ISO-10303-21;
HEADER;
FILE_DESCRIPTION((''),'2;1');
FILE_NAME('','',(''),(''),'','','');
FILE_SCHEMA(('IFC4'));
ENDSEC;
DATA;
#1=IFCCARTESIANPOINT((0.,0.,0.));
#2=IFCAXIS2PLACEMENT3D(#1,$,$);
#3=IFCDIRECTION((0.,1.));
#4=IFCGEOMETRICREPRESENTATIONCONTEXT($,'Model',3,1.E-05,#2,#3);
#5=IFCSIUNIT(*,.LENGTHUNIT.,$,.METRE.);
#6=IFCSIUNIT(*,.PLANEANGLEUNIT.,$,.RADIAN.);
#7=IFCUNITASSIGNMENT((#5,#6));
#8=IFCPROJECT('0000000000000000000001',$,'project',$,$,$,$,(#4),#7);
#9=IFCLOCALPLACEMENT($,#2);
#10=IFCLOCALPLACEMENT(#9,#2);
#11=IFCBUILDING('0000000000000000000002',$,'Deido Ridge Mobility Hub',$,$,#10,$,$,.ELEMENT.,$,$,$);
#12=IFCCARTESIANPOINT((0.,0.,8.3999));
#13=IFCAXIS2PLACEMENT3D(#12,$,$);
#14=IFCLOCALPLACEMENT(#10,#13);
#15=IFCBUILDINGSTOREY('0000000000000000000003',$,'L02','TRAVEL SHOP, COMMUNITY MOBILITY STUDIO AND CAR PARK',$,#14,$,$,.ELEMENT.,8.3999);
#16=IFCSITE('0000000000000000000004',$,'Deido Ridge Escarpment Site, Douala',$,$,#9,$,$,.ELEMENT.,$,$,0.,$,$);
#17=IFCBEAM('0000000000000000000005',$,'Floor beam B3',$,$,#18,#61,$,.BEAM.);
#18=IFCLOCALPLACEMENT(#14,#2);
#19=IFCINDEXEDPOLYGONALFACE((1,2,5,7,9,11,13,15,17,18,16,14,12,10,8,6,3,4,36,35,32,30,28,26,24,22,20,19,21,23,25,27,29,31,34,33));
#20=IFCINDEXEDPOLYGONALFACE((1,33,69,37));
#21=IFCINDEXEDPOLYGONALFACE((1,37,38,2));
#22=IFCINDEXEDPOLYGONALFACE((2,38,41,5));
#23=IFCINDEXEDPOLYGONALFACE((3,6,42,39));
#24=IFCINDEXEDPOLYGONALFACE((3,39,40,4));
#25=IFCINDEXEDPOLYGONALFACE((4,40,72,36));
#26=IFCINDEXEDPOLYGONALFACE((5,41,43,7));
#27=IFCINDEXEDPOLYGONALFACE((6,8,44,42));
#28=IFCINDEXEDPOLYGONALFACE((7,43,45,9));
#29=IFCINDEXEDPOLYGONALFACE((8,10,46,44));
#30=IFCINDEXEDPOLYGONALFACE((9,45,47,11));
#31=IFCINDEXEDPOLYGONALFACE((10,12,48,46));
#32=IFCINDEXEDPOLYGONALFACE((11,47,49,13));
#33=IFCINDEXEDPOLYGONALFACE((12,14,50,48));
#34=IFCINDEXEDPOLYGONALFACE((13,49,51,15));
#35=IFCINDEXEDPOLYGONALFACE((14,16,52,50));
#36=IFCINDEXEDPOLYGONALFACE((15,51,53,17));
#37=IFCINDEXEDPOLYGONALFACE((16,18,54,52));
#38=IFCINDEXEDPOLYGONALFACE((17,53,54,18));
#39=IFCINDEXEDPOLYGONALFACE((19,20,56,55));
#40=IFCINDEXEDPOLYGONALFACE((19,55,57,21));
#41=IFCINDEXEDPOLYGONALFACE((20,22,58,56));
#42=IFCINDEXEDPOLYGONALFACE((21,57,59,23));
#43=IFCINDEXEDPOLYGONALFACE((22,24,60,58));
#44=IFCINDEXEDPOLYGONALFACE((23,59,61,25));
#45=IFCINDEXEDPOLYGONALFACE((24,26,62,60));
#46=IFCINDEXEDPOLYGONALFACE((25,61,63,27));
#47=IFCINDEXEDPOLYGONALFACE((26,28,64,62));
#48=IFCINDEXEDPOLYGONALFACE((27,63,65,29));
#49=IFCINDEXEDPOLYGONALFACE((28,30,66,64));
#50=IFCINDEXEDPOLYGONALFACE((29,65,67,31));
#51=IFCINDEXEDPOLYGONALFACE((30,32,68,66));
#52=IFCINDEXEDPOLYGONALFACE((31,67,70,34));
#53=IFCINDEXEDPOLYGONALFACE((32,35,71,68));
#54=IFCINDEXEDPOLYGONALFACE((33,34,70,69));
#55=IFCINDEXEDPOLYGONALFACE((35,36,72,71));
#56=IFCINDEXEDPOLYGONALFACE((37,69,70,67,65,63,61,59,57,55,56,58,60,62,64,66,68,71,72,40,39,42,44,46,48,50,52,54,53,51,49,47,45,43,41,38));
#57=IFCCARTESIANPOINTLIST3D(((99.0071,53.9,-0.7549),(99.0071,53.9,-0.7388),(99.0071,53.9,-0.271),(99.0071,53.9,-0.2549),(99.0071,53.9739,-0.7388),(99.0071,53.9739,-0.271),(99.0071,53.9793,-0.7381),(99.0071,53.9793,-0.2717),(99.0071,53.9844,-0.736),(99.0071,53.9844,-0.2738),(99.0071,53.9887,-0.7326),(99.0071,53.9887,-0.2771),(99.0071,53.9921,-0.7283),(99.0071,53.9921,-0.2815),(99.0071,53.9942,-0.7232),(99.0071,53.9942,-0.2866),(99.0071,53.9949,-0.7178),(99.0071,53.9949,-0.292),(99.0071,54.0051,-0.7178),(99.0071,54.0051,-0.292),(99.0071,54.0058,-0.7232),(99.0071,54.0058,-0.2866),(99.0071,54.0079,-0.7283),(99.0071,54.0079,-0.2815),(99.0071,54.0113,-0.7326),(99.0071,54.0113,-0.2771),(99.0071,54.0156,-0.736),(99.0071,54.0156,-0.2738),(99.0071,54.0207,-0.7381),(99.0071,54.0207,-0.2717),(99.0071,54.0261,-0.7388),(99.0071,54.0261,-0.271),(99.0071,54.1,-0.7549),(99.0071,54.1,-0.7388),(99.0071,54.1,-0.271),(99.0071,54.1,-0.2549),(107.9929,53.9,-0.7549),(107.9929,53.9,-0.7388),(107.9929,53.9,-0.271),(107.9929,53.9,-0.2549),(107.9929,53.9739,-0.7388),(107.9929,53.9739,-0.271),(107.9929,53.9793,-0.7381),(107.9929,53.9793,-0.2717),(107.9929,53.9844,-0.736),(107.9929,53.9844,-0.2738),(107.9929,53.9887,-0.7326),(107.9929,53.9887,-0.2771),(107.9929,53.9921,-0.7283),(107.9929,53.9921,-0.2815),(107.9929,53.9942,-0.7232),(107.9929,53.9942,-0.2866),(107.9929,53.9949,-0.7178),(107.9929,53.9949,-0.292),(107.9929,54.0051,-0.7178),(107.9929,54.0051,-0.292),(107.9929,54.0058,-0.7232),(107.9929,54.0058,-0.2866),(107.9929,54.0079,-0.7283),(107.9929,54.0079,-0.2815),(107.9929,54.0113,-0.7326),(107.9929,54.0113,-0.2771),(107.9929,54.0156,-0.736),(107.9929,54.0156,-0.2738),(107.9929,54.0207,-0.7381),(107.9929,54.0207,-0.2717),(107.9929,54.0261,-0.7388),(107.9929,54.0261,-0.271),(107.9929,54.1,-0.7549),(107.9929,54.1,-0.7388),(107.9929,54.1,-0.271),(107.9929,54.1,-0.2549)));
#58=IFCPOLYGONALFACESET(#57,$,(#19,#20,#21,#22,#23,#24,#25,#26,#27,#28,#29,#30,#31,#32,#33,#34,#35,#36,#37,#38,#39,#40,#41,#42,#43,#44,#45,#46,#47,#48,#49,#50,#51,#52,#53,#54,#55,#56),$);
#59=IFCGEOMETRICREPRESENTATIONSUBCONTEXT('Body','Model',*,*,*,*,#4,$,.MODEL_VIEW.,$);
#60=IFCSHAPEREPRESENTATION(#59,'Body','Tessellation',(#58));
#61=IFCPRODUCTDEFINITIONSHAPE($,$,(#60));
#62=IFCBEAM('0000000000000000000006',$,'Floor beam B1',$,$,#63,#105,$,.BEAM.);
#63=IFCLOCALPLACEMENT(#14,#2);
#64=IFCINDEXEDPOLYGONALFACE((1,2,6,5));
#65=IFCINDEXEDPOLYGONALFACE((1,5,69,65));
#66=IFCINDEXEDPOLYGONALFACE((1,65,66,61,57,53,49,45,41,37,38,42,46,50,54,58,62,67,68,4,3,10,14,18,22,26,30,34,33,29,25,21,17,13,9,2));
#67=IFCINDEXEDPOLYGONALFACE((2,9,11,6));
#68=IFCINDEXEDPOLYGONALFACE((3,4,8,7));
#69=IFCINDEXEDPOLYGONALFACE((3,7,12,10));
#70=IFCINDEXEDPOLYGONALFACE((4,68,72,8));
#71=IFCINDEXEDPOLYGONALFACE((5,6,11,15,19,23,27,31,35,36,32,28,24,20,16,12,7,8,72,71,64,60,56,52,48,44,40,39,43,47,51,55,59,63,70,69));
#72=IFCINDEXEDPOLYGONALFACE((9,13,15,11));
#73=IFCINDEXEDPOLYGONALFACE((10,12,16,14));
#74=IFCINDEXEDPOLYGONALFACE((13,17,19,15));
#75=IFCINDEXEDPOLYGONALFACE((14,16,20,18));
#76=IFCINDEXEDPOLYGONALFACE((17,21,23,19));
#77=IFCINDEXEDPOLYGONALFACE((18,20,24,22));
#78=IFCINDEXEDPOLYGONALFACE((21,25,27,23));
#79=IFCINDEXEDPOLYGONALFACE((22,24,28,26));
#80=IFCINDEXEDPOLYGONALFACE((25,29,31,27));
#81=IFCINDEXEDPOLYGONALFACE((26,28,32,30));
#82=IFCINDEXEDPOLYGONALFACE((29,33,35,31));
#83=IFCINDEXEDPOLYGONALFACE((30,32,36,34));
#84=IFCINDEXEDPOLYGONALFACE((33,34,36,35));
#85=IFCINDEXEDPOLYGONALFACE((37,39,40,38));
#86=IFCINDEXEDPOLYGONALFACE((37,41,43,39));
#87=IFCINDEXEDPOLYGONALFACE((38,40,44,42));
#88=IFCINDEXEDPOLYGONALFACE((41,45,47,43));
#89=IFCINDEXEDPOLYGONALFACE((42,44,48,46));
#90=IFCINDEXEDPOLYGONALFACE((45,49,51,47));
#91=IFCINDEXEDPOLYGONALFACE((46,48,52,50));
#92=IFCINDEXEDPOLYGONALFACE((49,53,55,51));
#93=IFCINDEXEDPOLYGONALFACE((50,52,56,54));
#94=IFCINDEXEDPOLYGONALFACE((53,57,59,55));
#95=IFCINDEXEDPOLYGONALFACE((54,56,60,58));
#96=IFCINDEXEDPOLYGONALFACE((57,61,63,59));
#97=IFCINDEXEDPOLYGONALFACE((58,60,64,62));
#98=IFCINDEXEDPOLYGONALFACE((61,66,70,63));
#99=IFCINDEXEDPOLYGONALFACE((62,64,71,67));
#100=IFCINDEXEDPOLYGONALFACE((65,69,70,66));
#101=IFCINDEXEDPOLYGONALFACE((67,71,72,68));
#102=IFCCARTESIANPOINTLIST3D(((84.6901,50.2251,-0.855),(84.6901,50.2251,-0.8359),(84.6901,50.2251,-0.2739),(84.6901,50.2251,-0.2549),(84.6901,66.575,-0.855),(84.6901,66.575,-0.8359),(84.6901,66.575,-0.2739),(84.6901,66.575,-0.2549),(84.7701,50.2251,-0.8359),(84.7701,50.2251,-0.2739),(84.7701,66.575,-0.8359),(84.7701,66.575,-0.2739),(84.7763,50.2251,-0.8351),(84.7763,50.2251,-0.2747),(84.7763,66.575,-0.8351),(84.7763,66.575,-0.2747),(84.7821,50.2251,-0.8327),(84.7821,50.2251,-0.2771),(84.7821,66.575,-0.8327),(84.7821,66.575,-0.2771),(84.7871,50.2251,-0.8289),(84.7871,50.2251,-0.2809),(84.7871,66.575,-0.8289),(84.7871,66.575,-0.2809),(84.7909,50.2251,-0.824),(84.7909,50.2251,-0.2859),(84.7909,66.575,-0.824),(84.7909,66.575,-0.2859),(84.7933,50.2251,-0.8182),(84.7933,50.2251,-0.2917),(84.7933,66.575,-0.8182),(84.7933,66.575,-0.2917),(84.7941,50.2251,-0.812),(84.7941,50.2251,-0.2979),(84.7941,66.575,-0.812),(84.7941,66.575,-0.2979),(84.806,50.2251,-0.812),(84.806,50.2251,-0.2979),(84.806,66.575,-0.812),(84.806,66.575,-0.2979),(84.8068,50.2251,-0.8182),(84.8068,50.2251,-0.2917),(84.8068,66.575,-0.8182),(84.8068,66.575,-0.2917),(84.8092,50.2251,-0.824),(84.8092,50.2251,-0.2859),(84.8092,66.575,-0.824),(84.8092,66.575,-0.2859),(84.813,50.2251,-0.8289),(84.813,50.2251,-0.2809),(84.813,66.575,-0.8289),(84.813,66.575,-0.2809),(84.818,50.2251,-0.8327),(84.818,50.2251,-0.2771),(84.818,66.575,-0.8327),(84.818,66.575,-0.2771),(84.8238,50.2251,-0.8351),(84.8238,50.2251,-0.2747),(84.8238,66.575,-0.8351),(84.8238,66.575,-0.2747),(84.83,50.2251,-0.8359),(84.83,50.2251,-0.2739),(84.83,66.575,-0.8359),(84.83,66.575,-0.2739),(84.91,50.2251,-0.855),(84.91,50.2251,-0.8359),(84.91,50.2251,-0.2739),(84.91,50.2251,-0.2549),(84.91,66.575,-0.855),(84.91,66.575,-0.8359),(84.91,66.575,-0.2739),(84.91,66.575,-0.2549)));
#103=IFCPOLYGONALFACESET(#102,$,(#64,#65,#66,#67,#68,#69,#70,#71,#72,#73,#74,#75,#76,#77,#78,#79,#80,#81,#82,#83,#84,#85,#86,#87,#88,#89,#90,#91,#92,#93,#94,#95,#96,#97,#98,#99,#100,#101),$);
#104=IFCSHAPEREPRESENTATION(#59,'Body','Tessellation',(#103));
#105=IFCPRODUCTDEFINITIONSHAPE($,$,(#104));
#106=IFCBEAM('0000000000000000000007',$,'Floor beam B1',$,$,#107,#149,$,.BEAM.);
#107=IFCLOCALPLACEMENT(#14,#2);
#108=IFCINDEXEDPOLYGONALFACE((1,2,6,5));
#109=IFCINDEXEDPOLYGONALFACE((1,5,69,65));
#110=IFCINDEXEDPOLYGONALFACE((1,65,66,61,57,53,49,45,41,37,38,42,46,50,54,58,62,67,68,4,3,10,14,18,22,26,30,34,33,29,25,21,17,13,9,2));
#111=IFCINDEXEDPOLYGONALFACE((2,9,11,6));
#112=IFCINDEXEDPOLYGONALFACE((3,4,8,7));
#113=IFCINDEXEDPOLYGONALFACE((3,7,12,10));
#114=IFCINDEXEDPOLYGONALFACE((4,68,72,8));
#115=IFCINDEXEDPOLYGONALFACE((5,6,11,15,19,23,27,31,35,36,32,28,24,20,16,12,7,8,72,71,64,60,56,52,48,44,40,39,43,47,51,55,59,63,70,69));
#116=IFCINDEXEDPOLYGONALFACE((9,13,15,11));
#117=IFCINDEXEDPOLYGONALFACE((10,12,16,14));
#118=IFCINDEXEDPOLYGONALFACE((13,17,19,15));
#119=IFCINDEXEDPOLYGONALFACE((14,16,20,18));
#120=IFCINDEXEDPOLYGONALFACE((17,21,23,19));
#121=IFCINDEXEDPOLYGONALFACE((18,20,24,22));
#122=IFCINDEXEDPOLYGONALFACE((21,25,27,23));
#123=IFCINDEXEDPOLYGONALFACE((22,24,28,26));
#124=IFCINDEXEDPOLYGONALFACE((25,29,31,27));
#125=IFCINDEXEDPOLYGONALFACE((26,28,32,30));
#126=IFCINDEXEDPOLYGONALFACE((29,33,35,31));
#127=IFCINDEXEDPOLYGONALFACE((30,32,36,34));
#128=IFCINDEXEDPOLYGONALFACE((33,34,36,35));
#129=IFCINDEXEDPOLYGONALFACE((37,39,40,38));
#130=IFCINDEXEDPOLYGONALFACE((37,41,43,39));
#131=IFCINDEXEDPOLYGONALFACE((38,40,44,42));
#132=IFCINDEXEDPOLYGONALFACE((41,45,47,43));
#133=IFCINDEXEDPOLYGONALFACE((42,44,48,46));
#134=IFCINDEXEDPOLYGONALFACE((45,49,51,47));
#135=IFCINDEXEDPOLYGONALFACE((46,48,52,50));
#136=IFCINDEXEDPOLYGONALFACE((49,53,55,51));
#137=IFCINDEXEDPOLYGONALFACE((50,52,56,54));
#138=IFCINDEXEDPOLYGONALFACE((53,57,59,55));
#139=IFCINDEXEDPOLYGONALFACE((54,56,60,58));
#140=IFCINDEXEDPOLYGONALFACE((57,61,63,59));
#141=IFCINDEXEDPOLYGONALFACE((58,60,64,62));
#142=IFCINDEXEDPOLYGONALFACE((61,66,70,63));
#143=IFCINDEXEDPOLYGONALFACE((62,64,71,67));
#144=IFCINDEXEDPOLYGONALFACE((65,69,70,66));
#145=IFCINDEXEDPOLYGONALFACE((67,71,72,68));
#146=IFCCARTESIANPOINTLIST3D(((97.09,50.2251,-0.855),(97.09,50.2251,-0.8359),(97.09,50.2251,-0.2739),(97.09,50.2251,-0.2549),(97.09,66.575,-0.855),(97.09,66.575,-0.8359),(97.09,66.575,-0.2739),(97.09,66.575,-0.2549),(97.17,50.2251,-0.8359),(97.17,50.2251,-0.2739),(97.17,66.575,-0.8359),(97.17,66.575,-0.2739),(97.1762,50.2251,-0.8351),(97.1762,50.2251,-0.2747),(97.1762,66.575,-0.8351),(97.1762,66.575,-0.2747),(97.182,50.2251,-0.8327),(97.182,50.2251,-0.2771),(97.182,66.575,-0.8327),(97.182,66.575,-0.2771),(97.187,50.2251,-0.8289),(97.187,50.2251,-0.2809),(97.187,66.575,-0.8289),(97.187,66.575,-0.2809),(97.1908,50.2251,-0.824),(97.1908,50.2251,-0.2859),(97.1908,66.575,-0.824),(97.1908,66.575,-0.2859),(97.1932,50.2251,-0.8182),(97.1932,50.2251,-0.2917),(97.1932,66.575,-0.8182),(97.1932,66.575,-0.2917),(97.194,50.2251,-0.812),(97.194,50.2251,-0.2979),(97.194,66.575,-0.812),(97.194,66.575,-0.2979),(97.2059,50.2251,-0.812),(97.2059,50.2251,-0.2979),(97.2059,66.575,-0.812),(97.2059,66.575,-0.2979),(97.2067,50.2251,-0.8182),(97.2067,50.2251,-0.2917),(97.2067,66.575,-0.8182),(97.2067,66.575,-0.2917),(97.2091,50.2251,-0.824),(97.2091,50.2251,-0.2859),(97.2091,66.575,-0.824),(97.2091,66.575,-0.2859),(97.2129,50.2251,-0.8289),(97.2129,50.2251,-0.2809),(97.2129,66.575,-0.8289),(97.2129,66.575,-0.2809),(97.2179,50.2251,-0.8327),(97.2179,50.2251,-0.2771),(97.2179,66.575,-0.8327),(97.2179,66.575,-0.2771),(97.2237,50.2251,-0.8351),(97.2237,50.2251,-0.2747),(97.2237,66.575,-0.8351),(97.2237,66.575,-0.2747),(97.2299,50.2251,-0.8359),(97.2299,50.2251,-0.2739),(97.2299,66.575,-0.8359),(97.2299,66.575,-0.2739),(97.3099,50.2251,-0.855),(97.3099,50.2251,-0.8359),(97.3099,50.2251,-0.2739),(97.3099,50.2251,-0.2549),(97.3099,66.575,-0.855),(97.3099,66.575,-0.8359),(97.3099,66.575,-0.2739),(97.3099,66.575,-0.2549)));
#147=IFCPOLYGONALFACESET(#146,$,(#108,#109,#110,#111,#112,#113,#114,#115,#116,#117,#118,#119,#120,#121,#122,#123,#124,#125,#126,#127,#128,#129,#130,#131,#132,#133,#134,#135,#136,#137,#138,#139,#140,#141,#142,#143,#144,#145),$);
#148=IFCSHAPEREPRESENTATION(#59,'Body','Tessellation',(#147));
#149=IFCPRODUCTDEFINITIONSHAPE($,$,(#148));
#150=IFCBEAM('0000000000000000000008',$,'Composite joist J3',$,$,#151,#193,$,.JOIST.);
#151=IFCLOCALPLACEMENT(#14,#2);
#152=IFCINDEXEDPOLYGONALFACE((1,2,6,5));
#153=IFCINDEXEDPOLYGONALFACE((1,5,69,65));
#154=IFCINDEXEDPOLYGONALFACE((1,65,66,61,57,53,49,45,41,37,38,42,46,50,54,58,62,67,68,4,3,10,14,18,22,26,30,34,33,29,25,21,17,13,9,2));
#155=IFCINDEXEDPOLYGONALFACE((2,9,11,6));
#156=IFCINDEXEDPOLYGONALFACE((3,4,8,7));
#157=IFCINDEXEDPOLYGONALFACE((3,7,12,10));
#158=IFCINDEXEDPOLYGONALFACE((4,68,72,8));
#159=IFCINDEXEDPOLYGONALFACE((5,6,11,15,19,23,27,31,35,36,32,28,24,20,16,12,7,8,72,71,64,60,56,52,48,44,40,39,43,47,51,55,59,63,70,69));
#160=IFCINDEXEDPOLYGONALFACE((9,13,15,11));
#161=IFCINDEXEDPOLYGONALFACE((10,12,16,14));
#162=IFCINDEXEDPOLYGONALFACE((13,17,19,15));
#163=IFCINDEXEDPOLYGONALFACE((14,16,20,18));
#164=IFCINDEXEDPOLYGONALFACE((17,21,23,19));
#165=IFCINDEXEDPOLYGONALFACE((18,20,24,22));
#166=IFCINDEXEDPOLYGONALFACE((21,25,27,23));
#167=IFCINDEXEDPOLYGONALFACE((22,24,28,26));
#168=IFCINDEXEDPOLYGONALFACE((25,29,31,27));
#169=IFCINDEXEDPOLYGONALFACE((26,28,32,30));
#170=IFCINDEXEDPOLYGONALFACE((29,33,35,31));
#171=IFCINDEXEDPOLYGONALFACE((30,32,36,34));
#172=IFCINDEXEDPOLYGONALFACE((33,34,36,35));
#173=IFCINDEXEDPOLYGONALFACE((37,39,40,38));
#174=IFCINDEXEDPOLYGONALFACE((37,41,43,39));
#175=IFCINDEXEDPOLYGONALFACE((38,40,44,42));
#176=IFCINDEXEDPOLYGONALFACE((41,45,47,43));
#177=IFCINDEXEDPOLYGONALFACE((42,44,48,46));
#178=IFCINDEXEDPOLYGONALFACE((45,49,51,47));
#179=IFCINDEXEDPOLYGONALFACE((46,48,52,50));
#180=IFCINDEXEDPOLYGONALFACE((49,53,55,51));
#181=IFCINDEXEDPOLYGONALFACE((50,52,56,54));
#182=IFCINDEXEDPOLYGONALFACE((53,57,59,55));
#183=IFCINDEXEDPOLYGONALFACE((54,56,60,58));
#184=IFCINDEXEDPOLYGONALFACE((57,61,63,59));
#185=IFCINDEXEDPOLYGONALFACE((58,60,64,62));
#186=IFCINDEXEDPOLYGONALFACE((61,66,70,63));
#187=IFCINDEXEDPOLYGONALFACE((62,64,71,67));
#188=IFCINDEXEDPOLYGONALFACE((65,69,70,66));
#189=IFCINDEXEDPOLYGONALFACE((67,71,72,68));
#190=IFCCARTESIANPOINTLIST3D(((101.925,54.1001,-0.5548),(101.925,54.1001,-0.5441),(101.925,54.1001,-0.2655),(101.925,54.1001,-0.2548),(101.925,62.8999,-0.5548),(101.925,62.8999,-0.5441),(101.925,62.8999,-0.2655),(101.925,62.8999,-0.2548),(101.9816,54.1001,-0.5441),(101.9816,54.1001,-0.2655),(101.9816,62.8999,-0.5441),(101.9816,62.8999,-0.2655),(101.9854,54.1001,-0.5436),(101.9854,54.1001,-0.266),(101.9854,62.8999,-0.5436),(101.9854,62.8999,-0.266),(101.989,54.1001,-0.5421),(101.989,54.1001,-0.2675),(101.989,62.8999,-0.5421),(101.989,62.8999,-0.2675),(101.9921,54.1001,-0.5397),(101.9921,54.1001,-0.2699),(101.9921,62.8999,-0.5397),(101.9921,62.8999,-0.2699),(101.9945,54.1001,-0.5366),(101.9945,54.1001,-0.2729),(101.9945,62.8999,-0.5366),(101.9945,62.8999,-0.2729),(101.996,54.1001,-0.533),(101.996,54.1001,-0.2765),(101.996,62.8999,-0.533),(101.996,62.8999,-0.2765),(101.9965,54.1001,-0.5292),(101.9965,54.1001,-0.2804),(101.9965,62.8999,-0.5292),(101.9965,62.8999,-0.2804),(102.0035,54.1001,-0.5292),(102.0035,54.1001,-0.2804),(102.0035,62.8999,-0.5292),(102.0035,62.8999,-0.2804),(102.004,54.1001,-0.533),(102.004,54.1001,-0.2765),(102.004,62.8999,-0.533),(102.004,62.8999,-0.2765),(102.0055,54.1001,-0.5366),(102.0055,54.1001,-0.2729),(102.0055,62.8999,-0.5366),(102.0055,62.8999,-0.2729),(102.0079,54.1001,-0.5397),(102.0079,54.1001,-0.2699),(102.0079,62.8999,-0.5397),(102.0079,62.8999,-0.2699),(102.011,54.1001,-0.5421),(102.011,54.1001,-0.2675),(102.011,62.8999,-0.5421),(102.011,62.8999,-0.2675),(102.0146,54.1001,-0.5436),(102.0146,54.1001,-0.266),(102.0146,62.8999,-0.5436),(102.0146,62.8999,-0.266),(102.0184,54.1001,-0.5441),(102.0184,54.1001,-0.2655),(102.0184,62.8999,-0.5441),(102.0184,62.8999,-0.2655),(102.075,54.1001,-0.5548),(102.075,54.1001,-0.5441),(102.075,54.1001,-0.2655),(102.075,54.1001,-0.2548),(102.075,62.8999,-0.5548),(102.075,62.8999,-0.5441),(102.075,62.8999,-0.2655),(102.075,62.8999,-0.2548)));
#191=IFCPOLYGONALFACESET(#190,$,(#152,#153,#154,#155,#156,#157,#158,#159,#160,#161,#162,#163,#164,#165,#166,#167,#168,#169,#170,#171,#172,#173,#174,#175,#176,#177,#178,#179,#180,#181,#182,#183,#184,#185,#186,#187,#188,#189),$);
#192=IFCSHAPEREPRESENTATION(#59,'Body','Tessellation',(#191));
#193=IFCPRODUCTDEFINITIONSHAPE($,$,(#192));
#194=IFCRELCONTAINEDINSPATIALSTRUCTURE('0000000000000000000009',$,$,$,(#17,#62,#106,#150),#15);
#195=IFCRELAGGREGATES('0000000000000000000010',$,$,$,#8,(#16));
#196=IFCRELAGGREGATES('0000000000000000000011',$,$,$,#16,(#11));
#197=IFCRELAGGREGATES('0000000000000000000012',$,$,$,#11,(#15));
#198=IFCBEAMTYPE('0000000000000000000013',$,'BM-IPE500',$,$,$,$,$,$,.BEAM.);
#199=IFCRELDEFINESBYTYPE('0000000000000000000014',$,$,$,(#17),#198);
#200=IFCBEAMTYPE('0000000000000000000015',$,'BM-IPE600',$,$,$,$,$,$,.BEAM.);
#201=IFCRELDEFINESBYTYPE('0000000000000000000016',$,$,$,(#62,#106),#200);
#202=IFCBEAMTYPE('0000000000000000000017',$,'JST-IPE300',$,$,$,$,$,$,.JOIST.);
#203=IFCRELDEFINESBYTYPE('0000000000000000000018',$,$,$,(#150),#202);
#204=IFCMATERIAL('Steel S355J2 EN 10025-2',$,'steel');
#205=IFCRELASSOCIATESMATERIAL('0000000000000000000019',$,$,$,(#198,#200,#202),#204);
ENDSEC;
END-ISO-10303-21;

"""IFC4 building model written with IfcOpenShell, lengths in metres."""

from ifc_helpers import new_model, si_unit, direction, frame, origin, origin_2d, place, context, subcontext, project, spatial, i_section, extrude, material, material_profile, profile_set, type_object, element, save


model = new_model("IFC4")

# Units and contexts
model_context = context("Model", 3, precision=1e-05, world=origin(), true_north=direction((0.0, 1.0)))
body_context = subcontext(model_context, "Body", "Model", "MODEL_VIEW")
ifc_project = project(units=[si_unit("LENGTHUNIT", "METRE"), si_unit("PLANEANGLEUNIT", "RADIAN")], contexts=[model_context])

# Site, building, storey
site_placement = place(None, origin())
site = spatial("IfcSite", under=ifc_project, at=site_placement, Name="Deido Ridge Escarpment Site, Douala", CompositionType="ELEMENT", RefElevation=0.0)
building_placement = place(site_placement, origin())
building = spatial("IfcBuilding", under=site, at=building_placement, Name="Deido Ridge Mobility Hub", CompositionType="ELEMENT")
storey_placement = place(building_placement, frame((0.0, 0.0, 8.3999)))
storey = spatial("IfcBuildingStorey", under=building, at=storey_placement, Name="L02", Description="TRAVEL SHOP, COMMUNITY MOBILITY STUDIO AND CAR PARK", CompositionType="ELEMENT", Elevation=8.3999)

# Shared definitions
ifc_material_1 = material(Name="Steel S355J2 EN 10025-2", Category="steel")

# Beams
ifc_material_profile_1 = material_profile(ifc_material_1, i_section(OverallWidth=0.2, OverallDepth=0.5, WebThickness=0.0103, FlangeThickness=0.0161, FilletRadius=0.021, at=origin_2d()), Name="IPE 500")
ifc_profile_set_1 = profile_set([ifc_material_profile_1], Name="Steel S355J2 EN 10025-2")
beam_type_1 = type_object("IfcBeamType", Name="BM-IPE500", PredefinedType="BEAM", material=ifc_profile_set_1)
for number, where, z_axis, x_axis, name in (
    (1, (99.0071, 54.0, -0.5049), (1.0, 0.0, 0.0), (0.0, 1.0, 0.0), "Floor beam B3"),
):
    element("IfcBeam", number, at=place(storey_placement, frame(where, z_axis=z_axis, x_axis=x_axis)), inside=storey, type_object=beam_type_1, Name=name, PredefinedType="BEAM", context=body_context, shape_type="SweptSolid", body=[
        extrude(i_section(OverallWidth=0.2, OverallDepth=0.5, WebThickness=0.0103, FlangeThickness=0.0161, FilletRadius=0.021, at=origin_2d()), origin(), (0.0, 0.0, 1.0), 8.9858),
    ])
ifc_material_profile_2 = material_profile(ifc_material_1, i_section(OverallWidth=0.22, OverallDepth=0.6001, WebThickness=0.012, FlangeThickness=0.019, FilletRadius=0.0239, at=origin_2d()), Name="IPE 600")
ifc_profile_set_2 = profile_set([ifc_material_profile_2], Name="Steel S355J2 EN 10025-2")
beam_type_2 = type_object("IfcBeamType", Name="BM-IPE600", PredefinedType="BEAM", material=ifc_profile_set_2)
for number, where, z_axis, x_axis, name in (
    (2, (84.8, 50.2251, -0.5549), (0.0, 1.0, 0.0), (-1.0, 0.0, 0.0), "Floor beam B1"),
    (3, (97.2, 50.2251, -0.5549), (0.0, 1.0, 0.0), (-1.0, 0.0, 0.0), "Floor beam B1"),
):
    element("IfcBeam", number, at=place(storey_placement, frame(where, z_axis=z_axis, x_axis=x_axis)), inside=storey, type_object=beam_type_2, Name=name, PredefinedType="BEAM", context=body_context, shape_type="SweptSolid", body=[
        extrude(i_section(OverallWidth=0.22, OverallDepth=0.6001, WebThickness=0.012, FlangeThickness=0.019, FilletRadius=0.0239, at=origin_2d()), origin(), (0.0, 0.0, 1.0), 16.3499),
    ])
ifc_material_profile_3 = material_profile(ifc_material_1, i_section(OverallWidth=0.1499, OverallDepth=0.3, WebThickness=0.0071, FlangeThickness=0.0107, FilletRadius=0.0149, at=origin_2d()), Name="IPE 300")
ifc_profile_set_3 = profile_set([ifc_material_profile_3], Name="Steel S355J2 EN 10025-2")
beam_type_3 = type_object("IfcBeamType", Name="JST-IPE300", PredefinedType="JOIST", material=ifc_profile_set_3)
beam_1_placement = place(storey_placement, frame((102.0, 54.1001, -0.4048), z_axis=(0.0, 1.0, 0.0), x_axis=(-1.0, 0.0, 0.0)))
element("IfcBeam", 4, at=beam_1_placement, inside=storey, type_object=beam_type_3, Name="Composite joist J3", PredefinedType="JOIST", context=body_context, shape_type="SweptSolid", body=[
    extrude(i_section(OverallWidth=0.1499, OverallDepth=0.3, WebThickness=0.0071, FlangeThickness=0.0107, FilletRadius=0.0149, at=origin_2d()), origin(), (0.0, 0.0, 1.0), 8.7998),
])

save(model, "model.ifc")
